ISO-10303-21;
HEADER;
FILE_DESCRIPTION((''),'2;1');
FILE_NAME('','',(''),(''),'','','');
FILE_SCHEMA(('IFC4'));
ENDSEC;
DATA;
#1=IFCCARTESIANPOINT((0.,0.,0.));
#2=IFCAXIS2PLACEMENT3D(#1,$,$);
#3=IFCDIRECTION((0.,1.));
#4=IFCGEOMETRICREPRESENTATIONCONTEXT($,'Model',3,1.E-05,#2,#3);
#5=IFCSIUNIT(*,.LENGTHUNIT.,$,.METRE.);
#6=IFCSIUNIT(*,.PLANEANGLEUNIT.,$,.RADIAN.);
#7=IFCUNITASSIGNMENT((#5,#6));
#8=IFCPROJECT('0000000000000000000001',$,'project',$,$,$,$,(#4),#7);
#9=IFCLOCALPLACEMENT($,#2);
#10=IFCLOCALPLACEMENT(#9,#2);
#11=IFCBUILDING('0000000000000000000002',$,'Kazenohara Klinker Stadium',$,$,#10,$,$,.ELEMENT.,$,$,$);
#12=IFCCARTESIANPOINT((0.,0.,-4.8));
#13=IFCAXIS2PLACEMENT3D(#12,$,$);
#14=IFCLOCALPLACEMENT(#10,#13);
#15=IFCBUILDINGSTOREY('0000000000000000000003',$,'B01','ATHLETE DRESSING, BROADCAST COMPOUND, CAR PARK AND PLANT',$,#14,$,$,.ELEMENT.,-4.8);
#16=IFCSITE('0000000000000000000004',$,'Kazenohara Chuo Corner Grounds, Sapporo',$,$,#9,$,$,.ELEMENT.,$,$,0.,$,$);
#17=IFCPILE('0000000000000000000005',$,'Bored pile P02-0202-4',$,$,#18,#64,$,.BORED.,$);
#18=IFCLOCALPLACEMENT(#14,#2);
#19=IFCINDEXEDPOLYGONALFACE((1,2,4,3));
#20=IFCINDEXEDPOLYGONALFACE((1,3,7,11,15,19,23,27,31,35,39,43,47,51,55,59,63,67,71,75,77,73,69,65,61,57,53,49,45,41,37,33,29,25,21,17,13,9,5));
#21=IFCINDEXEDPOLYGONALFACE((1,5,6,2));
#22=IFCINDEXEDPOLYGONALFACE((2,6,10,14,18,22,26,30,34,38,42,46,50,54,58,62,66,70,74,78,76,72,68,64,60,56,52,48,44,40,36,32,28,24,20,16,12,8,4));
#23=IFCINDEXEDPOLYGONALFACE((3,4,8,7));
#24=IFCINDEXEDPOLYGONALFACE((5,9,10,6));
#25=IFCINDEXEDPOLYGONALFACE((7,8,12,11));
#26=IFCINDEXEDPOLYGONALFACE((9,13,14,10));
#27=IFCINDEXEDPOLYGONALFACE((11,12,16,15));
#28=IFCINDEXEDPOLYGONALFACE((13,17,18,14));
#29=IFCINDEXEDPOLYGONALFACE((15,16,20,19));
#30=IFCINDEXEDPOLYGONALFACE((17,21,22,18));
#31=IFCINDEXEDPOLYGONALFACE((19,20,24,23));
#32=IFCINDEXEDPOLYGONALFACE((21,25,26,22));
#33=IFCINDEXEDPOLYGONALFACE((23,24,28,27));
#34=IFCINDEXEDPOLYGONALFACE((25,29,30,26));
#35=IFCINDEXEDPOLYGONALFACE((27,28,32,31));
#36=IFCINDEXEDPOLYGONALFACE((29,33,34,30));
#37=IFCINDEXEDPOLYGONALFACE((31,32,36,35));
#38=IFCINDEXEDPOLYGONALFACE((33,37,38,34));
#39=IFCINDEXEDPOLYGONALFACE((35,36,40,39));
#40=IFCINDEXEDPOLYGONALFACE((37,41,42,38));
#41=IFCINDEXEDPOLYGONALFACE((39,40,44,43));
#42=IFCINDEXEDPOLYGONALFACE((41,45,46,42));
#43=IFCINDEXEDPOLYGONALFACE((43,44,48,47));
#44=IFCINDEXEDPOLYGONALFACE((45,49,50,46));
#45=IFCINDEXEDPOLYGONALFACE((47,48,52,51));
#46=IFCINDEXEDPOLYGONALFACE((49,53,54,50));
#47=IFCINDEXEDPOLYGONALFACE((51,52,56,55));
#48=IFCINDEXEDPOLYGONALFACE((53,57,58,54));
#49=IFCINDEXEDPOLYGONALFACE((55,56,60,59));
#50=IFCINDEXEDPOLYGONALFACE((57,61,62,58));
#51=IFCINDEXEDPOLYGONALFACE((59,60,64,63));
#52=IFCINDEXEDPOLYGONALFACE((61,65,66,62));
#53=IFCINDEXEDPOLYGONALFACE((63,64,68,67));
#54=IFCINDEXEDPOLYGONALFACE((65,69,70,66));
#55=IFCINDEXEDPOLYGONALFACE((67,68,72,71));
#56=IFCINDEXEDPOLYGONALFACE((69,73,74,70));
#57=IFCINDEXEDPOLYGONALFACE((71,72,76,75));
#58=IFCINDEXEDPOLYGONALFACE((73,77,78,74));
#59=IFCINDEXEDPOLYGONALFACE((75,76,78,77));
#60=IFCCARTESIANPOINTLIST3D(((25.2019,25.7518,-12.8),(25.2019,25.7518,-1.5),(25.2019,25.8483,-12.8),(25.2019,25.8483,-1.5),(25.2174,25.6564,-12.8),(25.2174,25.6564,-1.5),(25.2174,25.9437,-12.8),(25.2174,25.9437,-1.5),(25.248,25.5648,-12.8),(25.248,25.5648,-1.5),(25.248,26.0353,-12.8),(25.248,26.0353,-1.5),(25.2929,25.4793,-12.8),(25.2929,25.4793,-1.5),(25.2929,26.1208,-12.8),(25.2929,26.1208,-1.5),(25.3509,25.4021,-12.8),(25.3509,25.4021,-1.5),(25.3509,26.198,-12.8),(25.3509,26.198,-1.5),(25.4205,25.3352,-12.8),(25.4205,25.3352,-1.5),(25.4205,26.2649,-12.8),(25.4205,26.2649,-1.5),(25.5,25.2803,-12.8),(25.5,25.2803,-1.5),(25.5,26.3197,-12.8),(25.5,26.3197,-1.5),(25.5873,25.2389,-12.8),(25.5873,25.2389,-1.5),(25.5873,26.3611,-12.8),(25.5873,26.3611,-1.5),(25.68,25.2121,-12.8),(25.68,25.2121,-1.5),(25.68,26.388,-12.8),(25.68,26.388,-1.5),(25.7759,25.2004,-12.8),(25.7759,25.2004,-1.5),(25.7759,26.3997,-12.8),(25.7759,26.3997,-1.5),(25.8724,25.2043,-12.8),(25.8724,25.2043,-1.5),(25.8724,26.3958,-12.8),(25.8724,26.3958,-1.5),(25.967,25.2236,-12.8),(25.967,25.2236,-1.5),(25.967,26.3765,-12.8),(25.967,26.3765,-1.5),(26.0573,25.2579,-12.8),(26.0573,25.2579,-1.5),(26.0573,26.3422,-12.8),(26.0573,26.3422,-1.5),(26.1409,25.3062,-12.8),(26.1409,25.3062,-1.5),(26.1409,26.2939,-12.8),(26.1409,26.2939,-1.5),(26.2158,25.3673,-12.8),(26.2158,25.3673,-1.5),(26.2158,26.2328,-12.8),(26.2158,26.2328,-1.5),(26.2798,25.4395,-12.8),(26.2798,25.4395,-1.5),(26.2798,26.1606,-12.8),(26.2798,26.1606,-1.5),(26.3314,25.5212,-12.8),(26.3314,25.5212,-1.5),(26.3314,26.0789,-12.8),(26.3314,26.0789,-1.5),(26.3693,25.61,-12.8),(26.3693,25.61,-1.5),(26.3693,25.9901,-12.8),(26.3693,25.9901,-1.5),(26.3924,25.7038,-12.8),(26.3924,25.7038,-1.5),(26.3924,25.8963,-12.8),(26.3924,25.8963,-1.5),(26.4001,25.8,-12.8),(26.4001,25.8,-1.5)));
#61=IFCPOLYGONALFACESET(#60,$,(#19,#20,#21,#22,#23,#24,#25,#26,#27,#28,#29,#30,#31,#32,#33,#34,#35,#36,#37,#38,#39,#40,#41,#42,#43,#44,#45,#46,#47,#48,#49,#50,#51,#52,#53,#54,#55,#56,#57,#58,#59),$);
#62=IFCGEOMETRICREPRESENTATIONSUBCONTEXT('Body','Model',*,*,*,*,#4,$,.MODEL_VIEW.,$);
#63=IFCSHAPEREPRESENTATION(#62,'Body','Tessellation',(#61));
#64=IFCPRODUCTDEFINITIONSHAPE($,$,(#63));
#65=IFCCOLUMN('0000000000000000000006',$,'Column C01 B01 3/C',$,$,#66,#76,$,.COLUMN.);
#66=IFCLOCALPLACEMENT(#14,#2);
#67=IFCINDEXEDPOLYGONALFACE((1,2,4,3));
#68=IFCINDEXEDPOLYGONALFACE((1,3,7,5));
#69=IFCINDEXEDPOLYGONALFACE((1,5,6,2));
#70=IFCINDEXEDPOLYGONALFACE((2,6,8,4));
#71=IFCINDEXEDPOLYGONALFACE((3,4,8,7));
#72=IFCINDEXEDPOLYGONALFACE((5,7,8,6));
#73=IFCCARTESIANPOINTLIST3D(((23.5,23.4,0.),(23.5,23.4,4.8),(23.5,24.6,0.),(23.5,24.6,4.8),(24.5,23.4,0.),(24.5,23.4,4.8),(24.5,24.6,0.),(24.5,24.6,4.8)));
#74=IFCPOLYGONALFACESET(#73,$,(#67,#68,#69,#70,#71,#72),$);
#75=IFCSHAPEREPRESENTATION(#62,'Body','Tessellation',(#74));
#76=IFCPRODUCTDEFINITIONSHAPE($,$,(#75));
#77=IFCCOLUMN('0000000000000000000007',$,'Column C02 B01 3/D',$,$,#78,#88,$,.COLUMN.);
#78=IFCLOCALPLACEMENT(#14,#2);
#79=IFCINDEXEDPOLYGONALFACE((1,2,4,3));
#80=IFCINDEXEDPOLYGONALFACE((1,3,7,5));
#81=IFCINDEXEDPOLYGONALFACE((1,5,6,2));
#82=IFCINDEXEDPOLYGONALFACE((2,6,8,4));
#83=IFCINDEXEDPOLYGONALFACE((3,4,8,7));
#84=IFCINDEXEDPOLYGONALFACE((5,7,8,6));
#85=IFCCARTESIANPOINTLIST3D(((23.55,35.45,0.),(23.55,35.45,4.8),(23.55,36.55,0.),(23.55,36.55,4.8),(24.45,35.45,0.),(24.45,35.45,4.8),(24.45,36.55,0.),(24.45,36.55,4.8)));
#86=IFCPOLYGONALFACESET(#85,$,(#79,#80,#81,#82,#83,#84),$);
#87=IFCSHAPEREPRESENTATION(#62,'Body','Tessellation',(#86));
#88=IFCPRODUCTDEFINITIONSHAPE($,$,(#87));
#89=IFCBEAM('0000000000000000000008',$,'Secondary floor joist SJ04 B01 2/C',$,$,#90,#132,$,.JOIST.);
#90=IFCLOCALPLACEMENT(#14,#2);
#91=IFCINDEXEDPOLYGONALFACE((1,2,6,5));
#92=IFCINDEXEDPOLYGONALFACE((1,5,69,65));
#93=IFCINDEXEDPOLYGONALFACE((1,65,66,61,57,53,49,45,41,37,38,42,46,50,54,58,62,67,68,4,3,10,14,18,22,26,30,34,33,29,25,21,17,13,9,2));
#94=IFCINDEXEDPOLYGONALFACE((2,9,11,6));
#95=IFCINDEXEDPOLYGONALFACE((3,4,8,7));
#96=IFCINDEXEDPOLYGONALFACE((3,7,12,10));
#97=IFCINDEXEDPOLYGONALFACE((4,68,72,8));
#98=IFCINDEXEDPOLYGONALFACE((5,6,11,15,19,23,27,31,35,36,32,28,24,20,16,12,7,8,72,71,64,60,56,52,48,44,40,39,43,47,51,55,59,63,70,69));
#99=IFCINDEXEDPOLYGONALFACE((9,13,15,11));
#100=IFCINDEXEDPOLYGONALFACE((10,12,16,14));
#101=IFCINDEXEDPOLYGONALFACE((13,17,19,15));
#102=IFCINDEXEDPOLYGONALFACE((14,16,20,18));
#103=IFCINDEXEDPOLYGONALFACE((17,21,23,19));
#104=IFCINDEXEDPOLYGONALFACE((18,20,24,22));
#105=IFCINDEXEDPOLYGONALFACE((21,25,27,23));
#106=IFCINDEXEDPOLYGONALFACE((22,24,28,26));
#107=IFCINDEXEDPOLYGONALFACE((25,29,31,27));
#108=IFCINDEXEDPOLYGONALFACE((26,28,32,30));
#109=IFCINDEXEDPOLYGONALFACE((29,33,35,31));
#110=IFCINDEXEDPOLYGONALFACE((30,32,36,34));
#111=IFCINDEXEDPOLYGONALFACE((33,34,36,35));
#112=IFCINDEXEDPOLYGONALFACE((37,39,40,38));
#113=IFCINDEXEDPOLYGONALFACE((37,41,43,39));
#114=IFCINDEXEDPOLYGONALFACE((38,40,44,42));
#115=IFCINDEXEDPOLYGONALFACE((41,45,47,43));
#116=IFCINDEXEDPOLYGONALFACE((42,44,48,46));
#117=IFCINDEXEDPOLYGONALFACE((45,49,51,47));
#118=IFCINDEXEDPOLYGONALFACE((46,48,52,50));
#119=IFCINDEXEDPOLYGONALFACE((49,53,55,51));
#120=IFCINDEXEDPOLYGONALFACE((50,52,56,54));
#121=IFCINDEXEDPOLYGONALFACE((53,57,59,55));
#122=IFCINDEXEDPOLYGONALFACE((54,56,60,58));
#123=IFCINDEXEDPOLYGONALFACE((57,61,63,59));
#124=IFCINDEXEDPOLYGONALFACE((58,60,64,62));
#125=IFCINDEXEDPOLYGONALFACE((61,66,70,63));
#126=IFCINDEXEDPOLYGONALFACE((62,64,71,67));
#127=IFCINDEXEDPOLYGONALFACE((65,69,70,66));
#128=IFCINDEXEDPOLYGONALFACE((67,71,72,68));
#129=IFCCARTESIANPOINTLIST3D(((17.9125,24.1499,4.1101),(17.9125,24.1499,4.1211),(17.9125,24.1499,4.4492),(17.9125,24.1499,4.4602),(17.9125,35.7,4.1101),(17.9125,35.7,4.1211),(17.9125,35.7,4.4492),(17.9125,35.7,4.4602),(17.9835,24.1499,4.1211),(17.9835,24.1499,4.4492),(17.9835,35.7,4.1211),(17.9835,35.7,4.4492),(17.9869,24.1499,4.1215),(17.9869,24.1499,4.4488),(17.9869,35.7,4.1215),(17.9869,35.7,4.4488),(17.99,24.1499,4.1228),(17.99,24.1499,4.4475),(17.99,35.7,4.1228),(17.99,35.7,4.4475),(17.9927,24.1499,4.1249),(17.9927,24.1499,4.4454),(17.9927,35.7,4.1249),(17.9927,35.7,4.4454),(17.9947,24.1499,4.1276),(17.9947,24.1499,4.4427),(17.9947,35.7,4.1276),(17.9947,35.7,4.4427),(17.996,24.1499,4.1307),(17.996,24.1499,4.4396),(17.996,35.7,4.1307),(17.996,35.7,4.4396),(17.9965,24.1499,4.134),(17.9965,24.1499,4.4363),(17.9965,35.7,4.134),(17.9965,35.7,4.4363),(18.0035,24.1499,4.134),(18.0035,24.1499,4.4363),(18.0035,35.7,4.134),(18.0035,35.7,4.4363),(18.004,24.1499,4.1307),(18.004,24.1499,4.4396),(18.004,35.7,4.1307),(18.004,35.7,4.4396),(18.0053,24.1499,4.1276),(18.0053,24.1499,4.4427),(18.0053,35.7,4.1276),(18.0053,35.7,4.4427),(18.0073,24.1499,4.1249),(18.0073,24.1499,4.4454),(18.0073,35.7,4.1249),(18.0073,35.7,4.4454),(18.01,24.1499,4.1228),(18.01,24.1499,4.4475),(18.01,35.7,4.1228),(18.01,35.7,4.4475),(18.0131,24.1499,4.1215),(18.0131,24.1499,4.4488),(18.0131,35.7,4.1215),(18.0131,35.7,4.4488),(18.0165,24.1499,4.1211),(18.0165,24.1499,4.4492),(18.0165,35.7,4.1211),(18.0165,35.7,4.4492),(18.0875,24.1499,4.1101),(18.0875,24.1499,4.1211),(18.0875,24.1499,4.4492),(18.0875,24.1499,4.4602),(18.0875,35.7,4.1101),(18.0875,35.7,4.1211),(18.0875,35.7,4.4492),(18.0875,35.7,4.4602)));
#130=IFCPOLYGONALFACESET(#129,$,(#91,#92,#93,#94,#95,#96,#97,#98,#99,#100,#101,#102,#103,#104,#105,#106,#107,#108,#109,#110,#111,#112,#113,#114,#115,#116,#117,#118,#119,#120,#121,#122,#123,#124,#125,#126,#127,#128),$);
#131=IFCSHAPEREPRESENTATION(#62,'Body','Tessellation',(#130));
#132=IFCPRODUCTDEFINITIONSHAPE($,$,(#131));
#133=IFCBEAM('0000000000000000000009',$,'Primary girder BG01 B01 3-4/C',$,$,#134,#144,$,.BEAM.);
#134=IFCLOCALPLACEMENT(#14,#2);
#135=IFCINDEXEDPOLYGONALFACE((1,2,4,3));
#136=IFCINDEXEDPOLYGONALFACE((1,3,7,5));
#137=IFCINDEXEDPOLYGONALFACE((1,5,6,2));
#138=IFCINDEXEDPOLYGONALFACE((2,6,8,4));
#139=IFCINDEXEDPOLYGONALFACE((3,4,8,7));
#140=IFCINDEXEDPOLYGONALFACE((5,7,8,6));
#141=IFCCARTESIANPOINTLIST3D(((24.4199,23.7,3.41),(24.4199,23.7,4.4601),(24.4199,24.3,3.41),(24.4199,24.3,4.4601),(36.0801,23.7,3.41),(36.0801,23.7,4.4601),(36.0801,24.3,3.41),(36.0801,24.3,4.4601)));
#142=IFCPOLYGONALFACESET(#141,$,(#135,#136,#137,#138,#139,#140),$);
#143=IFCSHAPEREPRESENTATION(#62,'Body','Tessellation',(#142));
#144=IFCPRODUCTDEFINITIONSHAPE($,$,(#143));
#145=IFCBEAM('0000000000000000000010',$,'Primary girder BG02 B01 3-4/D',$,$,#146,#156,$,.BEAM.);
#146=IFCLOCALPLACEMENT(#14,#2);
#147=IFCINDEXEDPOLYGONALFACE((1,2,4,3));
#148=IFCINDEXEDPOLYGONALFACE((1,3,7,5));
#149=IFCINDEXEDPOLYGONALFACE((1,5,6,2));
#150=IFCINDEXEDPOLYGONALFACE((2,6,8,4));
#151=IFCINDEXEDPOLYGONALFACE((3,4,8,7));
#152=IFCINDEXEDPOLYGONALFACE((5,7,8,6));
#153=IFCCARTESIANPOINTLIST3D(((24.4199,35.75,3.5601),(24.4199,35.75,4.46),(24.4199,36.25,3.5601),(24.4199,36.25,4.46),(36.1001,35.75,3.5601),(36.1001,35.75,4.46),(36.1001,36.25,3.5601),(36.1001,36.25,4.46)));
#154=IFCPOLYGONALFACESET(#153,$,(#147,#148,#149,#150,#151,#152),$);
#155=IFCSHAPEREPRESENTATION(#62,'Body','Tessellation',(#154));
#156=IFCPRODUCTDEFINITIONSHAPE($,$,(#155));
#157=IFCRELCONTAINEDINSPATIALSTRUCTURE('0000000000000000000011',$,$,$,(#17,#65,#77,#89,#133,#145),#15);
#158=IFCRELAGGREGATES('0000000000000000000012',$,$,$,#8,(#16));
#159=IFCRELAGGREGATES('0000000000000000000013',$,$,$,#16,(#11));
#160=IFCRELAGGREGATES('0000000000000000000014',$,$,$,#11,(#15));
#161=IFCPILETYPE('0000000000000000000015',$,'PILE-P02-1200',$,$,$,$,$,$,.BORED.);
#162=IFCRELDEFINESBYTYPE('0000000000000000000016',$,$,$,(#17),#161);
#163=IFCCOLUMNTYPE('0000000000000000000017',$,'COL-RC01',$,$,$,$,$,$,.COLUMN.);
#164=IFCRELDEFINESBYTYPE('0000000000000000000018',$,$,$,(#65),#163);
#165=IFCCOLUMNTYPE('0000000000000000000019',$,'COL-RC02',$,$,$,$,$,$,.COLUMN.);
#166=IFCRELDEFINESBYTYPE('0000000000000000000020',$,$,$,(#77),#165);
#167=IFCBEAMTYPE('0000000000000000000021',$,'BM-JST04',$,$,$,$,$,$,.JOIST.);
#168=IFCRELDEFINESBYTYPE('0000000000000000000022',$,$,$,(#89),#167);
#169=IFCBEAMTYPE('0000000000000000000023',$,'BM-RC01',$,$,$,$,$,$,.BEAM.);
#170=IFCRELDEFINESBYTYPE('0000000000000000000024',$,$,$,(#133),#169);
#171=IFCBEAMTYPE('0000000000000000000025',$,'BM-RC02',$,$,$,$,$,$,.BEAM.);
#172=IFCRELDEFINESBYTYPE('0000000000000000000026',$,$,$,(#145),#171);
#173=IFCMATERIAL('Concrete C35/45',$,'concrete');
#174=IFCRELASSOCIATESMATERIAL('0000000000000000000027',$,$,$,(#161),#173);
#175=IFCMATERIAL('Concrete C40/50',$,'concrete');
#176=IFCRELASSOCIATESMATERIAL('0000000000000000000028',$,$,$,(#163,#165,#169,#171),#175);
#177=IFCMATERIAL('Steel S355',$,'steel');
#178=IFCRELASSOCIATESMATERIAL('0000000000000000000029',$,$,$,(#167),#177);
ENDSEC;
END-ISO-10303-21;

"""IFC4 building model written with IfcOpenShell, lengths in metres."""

from ifc_helpers import new_model, si_unit, direction, frame, origin, origin_2d, place, context, subcontext, project, spatial, rectangle, circle, i_section, extrude, material, material_profile, profile_set, type_object, element, save


model = new_model("IFC4")

# Units and contexts
model_context = context("Model", 3, precision=1e-05, world=origin(), true_north=direction((0.0, 1.0)))
body_context = subcontext(model_context, "Body", "Model", "MODEL_VIEW")
ifc_project = project(units=[si_unit("LENGTHUNIT", "METRE"), si_unit("PLANEANGLEUNIT", "RADIAN")], contexts=[model_context])

# Site, building, storey
site_placement = place(None, origin())
site = spatial("IfcSite", under=ifc_project, at=site_placement, Name="Kazenohara Chuo Corner Grounds, Sapporo", CompositionType="ELEMENT", RefElevation=0.0)
building_placement = place(site_placement, origin())
building = spatial("IfcBuilding", under=site, at=building_placement, Name="Kazenohara Klinker Stadium", CompositionType="ELEMENT")
storey_placement = place(building_placement, frame((0.0, 0.0, -4.8)))
storey = spatial("IfcBuildingStorey", under=building, at=storey_placement, Name="B01", Description="ATHLETE DRESSING, BROADCAST COMPOUND, CAR PARK AND PLANT", CompositionType="ELEMENT", Elevation=-4.8)

# Shared definitions
ifc_material_1 = material(Name="Concrete C35/45", Category="concrete")

# Pile
ifc_material_profile_1 = material_profile(ifc_material_1, circle(Radius=0.6001, at=origin_2d()), Name="BORED-PILE-1200")
ifc_profile_set_1 = profile_set([ifc_material_profile_1], Name="Concrete C35/45")
pile_type_1 = type_object("IfcPileType", Name="PILE-P02-1200", PredefinedType="BORED", material=ifc_profile_set_1)
for number, where, z_axis, x_axis, name in (
    (1, (25.8, 25.8, -1.5), (0.0, 0.0, -1.0), (1.0, 0.0, 0.0), "Bored pile P02-0202-4"),
):
    element("IfcPile", number, at=place(storey_placement, frame(where, z_axis=z_axis, x_axis=x_axis)), inside=storey, type_object=pile_type_1, Name=name, PredefinedType="BORED", context=body_context, shape_type="SweptSolid", body=[
        extrude(circle(Radius=0.6001, at=origin_2d()), origin(), (0.0, 0.0, 1.0), 11.3),
    ])

# Columns
ifc_material_2 = material(Name="Concrete C40/50", Category="concrete")
ifc_material_profile_2 = material_profile(ifc_material_2, rectangle(XDim=1.0, YDim=1.2, at=origin_2d()), Name="RC-COL-1200x1000")
ifc_profile_set_2 = profile_set([ifc_material_profile_2], Name="Concrete C40/50")
column_type_1 = type_object("IfcColumnType", Name="COL-RC01", PredefinedType="COLUMN", material=ifc_profile_set_2)
column_1_placement = place(storey_placement, frame((24.0, 24.0, 0.0), z_axis=(0.0, 0.0, 1.0), x_axis=(1.0, 0.0, 0.0)))
element("IfcColumn", 2, at=column_1_placement, inside=storey, type_object=column_type_1, Name="Column C01 B01 3/C", PredefinedType="COLUMN", context=body_context, shape_type="SweptSolid", body=[
    extrude(rectangle(XDim=1.0, YDim=1.2, at=origin_2d()), origin(), (0.0, 0.0, 1.0), 4.8),
])
ifc_material_profile_3 = material_profile(ifc_material_2, rectangle(XDim=0.8999, YDim=1.1001, at=origin_2d()), Name="RC-COL-1100x900")
ifc_profile_set_3 = profile_set([ifc_material_profile_3], Name="Concrete C40/50")
column_type_2 = type_object("IfcColumnType", Name="COL-RC02", PredefinedType="COLUMN", material=ifc_profile_set_3)
column_2_placement = place(storey_placement, frame((24.0, 36.0, 0.0), z_axis=(0.0, 0.0, 1.0), x_axis=(1.0, 0.0, 0.0)))
element("IfcColumn", 3, at=column_2_placement, inside=storey, type_object=column_type_2, Name="Column C02 B01 3/D", PredefinedType="COLUMN", context=body_context, shape_type="SweptSolid", body=[
    extrude(rectangle(XDim=0.8999, YDim=1.1001, at=origin_2d()), origin(), (0.0, 0.0, 1.0), 4.8),
])

# Beams
ifc_material_3 = material(Name="Steel S355", Category="steel")
ifc_material_profile_4 = material_profile(ifc_material_3, i_section(OverallWidth=0.175, OverallDepth=0.3501, WebThickness=0.0071, FlangeThickness=0.011, FilletRadius=0.0129, at=origin_2d()), Name="H-350x175x7x11")
ifc_profile_set_4 = profile_set([ifc_material_profile_4], Name="Steel S355")
beam_type_1 = type_object("IfcBeamType", Name="BM-JST04", PredefinedType="JOIST", material=ifc_profile_set_4)
beam_1_placement = place(storey_placement, frame((18.0, 24.1499, 4.2852), z_axis=(0.0, 1.0, 0.0), x_axis=(-1.0, 0.0, 0.0)))
element("IfcBeam", 4, at=beam_1_placement, inside=storey, type_object=beam_type_1, Name="Secondary floor joist SJ04 B01 2/C", PredefinedType="JOIST", context=body_context, shape_type="SweptSolid", body=[
    extrude(i_section(OverallWidth=0.175, OverallDepth=0.3501, WebThickness=0.0071, FlangeThickness=0.011, FilletRadius=0.0129, at=origin_2d()), origin(), (0.0, 0.0, 1.0), 11.55),
])
ifc_material_profile_5 = material_profile(ifc_material_2, rectangle(XDim=0.6001, YDim=1.05, at=origin_2d()), Name="RC-BM-600x1050")
ifc_profile_set_5 = profile_set([ifc_material_profile_5], Name="Concrete C40/50")
beam_type_2 = type_object("IfcBeamType", Name="BM-RC01", PredefinedType="BEAM", material=ifc_profile_set_5)
beam_2_placement = place(storey_placement, frame((24.4199, 24.0, 3.9351), z_axis=(1.0, 0.0, 0.0), x_axis=(0.0, 1.0, 0.0)))
element("IfcBeam", 5, at=beam_2_placement, inside=storey, type_object=beam_type_2, Name="Primary girder BG01 B01 3-4/C", PredefinedType="BEAM", context=body_context, shape_type="SweptSolid", body=[
    extrude(rectangle(XDim=0.6001, YDim=1.05, at=origin_2d()), origin(), (0.0, 0.0, 1.0), 11.6602),
])
ifc_material_profile_6 = material_profile(ifc_material_2, rectangle(XDim=0.5, YDim=0.8999, at=origin_2d()), Name="RC-BM-500x900")
ifc_profile_set_6 = profile_set([ifc_material_profile_6], Name="Concrete C40/50")
beam_type_3 = type_object("IfcBeamType", Name="BM-RC02", PredefinedType="BEAM", material=ifc_profile_set_6)
beam_3_placement = place(storey_placement, frame((24.4199, 36.0, 4.01), z_axis=(1.0, 0.0, 0.0), x_axis=(0.0, 1.0, 0.0)))
element("IfcBeam", 6, at=beam_3_placement, inside=storey, type_object=beam_type_3, Name="Primary girder BG02 B01 3-4/D", PredefinedType="BEAM", context=body_context, shape_type="SweptSolid", body=[
    extrude(rectangle(XDim=0.5, YDim=0.8999, at=origin_2d()), origin(), (0.0, 0.0, 1.0), 11.6802),
])

save(model, "model.ifc")
